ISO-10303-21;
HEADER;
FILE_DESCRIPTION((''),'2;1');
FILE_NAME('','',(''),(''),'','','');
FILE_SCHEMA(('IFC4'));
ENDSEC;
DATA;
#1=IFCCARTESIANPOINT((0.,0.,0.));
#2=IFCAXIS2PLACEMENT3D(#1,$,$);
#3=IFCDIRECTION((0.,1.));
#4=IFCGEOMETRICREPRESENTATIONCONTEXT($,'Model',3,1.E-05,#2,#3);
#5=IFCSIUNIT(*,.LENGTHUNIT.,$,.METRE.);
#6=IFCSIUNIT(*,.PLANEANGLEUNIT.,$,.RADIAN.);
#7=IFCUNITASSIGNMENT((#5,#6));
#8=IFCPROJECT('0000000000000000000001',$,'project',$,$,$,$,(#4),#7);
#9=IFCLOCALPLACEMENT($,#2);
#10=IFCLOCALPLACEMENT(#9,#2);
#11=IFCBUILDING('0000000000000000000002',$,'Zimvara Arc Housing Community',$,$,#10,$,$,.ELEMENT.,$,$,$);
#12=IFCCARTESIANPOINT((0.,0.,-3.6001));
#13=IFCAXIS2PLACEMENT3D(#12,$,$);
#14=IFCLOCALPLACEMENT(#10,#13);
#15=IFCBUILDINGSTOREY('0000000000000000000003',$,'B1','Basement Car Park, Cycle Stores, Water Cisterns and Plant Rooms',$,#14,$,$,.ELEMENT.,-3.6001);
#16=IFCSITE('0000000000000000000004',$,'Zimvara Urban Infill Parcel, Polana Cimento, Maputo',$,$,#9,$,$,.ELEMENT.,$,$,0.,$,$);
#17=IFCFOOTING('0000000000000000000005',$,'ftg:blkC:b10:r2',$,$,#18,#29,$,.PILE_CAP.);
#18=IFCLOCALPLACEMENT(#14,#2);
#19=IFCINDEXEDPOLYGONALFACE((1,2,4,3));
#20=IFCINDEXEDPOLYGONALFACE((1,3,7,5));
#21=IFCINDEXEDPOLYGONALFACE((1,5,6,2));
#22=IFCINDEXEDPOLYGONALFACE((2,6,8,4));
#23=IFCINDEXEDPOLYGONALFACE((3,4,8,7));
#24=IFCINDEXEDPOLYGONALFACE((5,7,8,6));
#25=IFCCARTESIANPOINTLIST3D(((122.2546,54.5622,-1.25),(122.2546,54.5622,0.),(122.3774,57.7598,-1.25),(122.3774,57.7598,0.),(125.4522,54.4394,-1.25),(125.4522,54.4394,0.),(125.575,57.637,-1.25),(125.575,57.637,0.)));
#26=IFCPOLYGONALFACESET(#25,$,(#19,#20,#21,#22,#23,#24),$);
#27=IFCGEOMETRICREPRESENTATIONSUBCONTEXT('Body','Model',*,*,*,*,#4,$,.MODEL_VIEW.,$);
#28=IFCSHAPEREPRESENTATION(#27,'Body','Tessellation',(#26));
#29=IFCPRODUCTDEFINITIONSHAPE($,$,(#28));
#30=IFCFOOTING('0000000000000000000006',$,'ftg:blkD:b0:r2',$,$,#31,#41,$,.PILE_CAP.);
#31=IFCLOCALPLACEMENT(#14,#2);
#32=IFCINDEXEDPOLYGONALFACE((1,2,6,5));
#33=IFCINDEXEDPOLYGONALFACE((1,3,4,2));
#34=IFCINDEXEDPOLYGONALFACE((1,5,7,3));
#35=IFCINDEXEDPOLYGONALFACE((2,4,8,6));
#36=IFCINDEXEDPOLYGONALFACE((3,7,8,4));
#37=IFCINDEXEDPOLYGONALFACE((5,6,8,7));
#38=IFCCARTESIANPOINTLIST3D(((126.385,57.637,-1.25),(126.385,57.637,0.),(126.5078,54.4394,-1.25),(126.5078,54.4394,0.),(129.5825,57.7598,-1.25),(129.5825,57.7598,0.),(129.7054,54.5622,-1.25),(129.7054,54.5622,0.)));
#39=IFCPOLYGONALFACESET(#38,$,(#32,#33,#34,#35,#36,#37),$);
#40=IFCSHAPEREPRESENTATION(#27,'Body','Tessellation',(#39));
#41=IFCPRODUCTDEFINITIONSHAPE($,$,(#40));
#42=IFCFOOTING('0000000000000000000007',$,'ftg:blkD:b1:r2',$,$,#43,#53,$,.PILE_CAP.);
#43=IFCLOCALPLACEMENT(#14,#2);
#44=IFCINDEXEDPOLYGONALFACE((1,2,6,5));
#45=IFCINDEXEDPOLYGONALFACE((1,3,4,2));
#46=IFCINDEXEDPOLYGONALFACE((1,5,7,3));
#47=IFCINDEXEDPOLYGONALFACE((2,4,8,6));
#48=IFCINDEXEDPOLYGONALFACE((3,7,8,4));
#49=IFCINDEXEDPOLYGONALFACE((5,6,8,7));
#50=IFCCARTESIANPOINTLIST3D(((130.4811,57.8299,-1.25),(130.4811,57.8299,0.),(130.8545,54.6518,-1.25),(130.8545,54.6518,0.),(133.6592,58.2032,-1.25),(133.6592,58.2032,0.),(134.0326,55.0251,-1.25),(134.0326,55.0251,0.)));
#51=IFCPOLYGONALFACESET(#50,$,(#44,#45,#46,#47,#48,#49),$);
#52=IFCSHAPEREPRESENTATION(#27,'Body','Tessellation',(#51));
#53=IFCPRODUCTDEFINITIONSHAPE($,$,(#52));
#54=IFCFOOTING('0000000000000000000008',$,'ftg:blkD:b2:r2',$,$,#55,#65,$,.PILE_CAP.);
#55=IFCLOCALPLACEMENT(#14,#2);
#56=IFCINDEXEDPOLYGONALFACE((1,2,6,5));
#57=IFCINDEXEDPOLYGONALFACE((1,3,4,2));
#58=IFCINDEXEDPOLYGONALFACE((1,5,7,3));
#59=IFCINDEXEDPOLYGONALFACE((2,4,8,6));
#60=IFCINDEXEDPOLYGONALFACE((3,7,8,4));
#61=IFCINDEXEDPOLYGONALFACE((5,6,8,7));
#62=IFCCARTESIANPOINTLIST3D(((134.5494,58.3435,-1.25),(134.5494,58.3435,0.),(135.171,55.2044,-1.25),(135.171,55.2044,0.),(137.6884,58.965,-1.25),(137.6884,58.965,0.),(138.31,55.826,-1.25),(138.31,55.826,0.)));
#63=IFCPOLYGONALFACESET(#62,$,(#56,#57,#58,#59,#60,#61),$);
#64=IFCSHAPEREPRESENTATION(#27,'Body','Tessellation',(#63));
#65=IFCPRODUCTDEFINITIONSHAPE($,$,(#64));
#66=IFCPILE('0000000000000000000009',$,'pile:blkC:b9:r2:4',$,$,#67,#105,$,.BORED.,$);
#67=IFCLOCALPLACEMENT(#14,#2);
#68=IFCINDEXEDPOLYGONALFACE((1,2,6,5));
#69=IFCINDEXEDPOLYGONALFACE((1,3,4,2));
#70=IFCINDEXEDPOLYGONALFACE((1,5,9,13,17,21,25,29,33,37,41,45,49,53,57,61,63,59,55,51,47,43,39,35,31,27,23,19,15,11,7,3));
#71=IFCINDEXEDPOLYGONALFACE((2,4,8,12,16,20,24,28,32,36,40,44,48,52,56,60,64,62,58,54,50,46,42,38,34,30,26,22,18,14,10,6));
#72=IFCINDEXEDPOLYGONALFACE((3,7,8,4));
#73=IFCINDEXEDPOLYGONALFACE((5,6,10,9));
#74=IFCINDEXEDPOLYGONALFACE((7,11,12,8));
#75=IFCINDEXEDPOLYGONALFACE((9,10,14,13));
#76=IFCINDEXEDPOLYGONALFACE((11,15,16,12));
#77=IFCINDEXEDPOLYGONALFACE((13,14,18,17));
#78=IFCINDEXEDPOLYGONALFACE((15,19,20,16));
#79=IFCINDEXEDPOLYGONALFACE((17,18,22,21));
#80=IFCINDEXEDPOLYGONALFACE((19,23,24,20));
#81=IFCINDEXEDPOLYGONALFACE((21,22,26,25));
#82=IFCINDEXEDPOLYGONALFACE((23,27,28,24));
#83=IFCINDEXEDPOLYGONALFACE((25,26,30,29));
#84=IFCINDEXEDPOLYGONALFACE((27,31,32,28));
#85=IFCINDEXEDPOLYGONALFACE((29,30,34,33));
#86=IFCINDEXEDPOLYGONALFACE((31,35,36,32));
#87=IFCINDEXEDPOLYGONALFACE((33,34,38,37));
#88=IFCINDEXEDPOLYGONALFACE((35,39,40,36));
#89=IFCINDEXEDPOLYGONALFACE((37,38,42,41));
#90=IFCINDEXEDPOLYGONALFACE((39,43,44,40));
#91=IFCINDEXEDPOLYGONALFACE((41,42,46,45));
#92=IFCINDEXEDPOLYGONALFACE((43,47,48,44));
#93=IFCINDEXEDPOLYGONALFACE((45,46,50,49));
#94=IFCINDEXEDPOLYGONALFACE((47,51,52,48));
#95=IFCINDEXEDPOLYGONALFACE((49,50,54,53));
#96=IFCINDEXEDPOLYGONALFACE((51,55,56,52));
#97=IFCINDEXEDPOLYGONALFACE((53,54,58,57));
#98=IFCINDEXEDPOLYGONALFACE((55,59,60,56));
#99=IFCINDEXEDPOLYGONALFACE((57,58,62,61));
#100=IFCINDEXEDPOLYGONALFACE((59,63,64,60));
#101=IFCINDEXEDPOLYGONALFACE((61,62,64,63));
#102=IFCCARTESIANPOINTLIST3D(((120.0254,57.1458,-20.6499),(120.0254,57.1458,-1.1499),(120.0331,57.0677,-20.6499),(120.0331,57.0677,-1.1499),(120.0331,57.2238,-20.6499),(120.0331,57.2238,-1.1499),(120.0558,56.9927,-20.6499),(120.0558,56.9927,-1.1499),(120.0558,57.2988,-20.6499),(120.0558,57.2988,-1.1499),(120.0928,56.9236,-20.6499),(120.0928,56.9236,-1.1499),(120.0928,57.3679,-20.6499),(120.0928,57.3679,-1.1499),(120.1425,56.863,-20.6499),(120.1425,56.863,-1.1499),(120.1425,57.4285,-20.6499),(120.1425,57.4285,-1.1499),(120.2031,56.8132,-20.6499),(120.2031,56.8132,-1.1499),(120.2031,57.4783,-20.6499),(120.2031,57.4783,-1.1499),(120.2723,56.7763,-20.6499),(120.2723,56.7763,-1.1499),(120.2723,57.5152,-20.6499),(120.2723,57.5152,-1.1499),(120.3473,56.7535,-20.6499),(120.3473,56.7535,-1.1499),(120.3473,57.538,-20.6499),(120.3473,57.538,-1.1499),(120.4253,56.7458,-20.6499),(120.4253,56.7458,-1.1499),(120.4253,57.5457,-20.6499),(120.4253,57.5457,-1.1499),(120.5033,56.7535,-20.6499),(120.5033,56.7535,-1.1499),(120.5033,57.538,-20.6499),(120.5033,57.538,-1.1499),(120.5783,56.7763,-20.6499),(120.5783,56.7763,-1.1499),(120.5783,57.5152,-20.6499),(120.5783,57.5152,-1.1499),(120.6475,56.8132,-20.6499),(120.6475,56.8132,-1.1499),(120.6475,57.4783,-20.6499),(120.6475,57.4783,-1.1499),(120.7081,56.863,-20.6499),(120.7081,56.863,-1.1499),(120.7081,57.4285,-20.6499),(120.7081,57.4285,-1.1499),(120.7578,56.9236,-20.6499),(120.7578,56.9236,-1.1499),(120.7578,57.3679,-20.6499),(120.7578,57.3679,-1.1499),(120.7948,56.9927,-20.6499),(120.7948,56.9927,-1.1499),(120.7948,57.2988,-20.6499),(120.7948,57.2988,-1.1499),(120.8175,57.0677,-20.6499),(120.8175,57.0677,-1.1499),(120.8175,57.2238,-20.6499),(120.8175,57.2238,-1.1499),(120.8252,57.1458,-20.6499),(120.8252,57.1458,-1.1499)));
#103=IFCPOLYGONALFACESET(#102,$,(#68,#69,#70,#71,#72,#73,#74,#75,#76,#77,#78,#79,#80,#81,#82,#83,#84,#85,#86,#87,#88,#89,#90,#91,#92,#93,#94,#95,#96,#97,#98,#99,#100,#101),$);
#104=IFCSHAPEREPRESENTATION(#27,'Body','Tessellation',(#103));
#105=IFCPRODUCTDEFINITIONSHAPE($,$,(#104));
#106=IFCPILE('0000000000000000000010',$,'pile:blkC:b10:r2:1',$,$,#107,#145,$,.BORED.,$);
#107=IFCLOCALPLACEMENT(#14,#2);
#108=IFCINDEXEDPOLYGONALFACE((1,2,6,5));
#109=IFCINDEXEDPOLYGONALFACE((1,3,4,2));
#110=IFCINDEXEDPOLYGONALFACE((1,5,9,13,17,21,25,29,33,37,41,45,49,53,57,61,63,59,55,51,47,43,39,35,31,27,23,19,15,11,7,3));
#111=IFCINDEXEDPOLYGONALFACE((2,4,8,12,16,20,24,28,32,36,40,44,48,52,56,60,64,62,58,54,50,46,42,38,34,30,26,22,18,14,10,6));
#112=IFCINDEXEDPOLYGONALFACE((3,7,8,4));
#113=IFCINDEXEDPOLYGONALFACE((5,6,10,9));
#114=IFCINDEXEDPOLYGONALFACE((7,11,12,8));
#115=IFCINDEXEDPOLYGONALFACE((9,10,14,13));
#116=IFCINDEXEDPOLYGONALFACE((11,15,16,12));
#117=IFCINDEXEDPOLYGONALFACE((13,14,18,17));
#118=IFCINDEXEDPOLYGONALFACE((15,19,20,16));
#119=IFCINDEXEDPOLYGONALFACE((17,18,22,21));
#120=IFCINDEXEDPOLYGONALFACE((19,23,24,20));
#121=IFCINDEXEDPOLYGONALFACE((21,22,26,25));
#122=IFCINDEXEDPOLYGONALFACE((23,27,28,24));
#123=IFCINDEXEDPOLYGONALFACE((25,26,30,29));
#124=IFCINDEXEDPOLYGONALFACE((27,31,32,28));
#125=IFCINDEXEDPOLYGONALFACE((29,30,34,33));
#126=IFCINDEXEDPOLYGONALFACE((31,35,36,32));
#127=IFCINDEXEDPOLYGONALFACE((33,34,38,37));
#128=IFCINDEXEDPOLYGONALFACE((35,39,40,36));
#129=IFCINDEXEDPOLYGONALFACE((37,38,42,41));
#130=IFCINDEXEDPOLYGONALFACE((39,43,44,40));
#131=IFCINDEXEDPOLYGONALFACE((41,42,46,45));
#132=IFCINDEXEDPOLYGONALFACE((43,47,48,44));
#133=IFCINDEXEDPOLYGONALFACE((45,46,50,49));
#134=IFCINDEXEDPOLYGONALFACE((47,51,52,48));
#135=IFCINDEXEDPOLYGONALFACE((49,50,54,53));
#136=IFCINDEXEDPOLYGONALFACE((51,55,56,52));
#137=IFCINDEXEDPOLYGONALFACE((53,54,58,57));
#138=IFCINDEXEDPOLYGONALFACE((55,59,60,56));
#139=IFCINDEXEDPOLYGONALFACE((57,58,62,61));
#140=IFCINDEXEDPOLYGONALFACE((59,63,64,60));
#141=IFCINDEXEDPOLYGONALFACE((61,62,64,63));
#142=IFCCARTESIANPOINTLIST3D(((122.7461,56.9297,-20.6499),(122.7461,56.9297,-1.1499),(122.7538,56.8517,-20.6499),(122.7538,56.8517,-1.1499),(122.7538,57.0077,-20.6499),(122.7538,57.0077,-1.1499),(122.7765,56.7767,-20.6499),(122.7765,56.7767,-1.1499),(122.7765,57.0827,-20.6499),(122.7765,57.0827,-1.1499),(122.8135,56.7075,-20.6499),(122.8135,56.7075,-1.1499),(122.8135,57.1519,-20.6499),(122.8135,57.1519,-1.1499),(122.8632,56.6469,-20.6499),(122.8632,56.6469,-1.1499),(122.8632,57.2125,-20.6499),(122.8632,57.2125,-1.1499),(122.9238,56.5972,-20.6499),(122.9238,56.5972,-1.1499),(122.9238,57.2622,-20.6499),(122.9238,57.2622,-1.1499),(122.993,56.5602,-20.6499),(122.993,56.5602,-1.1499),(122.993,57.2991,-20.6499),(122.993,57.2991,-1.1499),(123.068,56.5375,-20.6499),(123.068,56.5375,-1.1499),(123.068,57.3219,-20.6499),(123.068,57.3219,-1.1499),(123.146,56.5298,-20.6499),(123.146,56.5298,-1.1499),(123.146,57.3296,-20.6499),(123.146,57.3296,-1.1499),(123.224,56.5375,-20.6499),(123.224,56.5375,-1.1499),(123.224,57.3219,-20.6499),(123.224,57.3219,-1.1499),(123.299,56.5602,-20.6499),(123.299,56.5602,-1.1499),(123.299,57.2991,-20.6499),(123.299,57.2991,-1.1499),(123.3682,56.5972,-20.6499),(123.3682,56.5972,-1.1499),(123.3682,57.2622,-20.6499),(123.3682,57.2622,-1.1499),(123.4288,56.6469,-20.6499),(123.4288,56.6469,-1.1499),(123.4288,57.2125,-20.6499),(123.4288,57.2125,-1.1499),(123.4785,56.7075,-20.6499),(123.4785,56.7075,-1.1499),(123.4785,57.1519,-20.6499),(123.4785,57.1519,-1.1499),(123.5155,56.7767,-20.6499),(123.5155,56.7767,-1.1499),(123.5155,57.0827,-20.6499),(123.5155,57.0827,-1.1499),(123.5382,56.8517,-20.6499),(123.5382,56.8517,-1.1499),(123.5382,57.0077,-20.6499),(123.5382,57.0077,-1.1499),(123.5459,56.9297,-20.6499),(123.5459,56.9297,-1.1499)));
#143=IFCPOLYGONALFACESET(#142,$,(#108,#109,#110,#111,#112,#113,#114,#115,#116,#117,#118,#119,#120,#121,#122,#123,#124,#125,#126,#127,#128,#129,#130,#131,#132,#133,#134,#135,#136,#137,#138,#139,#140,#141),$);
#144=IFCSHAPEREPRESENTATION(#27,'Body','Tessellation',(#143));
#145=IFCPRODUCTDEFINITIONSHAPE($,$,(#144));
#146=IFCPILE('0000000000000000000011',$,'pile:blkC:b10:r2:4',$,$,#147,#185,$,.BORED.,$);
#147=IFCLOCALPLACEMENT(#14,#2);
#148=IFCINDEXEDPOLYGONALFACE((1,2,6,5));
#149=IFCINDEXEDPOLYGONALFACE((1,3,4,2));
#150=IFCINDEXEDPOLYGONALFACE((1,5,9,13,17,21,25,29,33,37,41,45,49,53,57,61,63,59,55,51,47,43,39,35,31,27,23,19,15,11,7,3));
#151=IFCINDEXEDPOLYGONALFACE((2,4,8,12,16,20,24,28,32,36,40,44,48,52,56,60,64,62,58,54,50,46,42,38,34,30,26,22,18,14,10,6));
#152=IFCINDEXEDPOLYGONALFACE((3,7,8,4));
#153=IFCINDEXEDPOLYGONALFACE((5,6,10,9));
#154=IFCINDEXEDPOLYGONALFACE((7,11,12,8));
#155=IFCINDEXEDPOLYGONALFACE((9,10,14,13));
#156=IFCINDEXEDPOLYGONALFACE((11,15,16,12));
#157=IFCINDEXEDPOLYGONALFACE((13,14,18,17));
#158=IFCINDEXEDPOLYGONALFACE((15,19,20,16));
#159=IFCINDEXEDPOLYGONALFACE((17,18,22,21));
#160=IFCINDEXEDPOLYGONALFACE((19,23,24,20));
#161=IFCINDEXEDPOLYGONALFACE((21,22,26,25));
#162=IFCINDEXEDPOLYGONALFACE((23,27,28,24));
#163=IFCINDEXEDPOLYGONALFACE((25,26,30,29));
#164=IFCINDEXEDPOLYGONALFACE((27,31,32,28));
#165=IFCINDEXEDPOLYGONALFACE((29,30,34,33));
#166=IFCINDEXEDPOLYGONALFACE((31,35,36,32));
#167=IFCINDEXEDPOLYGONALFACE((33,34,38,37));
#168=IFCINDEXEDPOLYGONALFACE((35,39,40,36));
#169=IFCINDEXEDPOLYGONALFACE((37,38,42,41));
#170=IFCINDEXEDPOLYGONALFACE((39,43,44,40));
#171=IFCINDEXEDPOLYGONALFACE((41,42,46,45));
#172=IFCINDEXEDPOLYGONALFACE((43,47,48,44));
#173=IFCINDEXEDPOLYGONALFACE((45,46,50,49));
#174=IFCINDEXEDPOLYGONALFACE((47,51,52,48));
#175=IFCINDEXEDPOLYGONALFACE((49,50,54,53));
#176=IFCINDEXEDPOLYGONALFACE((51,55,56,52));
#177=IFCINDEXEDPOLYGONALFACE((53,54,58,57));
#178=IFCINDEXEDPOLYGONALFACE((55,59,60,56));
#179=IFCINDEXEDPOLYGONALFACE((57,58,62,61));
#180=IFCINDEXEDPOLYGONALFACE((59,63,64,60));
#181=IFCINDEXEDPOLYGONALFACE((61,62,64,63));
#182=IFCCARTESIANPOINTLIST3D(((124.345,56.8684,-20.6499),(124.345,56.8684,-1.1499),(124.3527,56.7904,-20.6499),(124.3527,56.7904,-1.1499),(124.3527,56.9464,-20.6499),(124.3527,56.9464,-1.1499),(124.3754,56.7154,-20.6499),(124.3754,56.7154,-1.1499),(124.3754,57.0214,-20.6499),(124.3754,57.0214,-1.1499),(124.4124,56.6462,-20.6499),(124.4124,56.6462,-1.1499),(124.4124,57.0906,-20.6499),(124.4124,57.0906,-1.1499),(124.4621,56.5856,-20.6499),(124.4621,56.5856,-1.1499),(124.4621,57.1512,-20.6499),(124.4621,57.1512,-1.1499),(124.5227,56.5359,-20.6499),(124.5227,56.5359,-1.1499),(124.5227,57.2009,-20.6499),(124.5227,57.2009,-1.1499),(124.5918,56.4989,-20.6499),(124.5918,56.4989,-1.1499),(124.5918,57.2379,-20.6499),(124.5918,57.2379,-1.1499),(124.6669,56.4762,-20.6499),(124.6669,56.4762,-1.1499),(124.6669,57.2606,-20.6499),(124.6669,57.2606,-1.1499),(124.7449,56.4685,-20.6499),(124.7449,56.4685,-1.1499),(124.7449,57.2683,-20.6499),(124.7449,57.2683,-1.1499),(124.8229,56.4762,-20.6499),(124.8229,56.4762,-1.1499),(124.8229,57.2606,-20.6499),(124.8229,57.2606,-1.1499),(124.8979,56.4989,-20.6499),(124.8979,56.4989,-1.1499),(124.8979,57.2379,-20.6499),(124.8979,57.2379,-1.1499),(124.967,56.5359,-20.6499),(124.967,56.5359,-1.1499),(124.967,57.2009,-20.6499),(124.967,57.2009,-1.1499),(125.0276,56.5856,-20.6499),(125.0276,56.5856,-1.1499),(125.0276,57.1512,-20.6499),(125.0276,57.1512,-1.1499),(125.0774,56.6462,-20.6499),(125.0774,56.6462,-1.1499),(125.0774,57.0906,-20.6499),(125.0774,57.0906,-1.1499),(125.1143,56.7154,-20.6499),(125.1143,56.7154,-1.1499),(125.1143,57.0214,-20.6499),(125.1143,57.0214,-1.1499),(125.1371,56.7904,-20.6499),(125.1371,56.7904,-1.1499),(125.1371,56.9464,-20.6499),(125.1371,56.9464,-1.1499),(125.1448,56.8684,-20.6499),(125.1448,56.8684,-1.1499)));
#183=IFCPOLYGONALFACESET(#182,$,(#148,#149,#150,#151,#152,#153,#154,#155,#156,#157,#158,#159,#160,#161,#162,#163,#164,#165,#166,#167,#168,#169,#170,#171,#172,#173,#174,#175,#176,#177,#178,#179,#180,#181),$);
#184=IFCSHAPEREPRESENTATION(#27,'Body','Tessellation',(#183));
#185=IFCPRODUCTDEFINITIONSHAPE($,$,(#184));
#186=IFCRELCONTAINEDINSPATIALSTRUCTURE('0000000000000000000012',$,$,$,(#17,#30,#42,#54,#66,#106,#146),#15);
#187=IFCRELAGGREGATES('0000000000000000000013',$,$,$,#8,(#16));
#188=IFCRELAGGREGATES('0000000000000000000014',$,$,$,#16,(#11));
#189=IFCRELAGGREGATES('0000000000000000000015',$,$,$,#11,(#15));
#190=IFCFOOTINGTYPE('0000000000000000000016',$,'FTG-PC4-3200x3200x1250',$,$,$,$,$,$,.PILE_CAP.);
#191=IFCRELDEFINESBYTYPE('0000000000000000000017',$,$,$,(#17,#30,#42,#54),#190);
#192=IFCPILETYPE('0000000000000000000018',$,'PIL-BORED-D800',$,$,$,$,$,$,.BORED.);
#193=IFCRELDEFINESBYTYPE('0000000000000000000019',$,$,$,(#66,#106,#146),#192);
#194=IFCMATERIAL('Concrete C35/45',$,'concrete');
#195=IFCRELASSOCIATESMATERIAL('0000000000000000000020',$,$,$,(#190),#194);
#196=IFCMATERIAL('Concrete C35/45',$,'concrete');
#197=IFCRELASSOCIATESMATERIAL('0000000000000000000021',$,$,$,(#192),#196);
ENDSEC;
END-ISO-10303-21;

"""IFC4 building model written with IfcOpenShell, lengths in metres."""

from ifc_helpers import new_model, si_unit, direction, frame, origin, origin_2d, place, context, subcontext, project, spatial, rectangle, circle, extrude, material, material_profile, profile_set, type_object, element, save


model = new_model("IFC4")

# Units and contexts
model_context = context("Model", 3, precision=1e-05, world=origin(), true_north=direction((0.0, 1.0)))
body_context = subcontext(model_context, "Body", "Model", "MODEL_VIEW")
ifc_project = project(units=[si_unit("LENGTHUNIT", "METRE"), si_unit("PLANEANGLEUNIT", "RADIAN")], contexts=[model_context])

# Site, building, storey
site_placement = place(None, origin())
site = spatial("IfcSite", under=ifc_project, at=site_placement, Name="Zimvara Urban Infill Parcel, Polana Cimento, Maputo", CompositionType="ELEMENT", RefElevation=0.0)
building_placement = place(site_placement, origin())
building = spatial("IfcBuilding", under=site, at=building_placement, Name="Zimvara Arc Housing Community", CompositionType="ELEMENT")
storey_placement = place(building_placement, frame((0.0, 0.0, -3.6001)))
storey = spatial("IfcBuildingStorey", under=building, at=storey_placement, Name="B1", Description="Basement Car Park, Cycle Stores, Water Cisterns and Plant Rooms", CompositionType="ELEMENT", Elevation=-3.6001)

# Footings
ifc_material_1 = material(Name="Concrete C35/45", Category="concrete")
footing_type = type_object("IfcFootingType", Name="FTG-PC4-3200x3200x1250", PredefinedType="PILE_CAP", material=ifc_material_1)
for number, where, z_axis, x_axis, name in (
    (1, (123.9148, 56.0996, -1.25), (0.0, 0.0, 1.0), (-0.038388, -0.999263, 0.0), "ftg:blkC:b10:r2"),
    (2, (128.0452, 56.0996, -1.25), (0.0, 0.0, 1.0), (0.038388, -0.999263, 0.0), "ftg:blkD:b0:r2"),
    (3, (132.2568, 56.4275, -1.25), (0.0, 0.0, 1.0), (0.116671, -0.993171, 0.0), "ftg:blkD:b1:r2"),
    (4, (136.4297, 57.0847, -1.25), (0.0, 0.0, 1.0), (0.194234, -0.980955, 0.0), "ftg:blkD:b2:r2"),
):
    element("IfcFooting", number, at=place(storey_placement, frame(where, z_axis=z_axis, x_axis=x_axis)), inside=storey, type_object=footing_type, Name=name, PredefinedType="PILE_CAP", context=body_context, shape_type="SweptSolid", body=[
        extrude(rectangle(XDim=3.2, YDim=3.2, at=origin_2d()), origin(), (0.0, 0.0, 1.0), 1.25),
    ])

# Piles
ifc_material_2 = material(Name="Concrete C35/45", Category="concrete")
ifc_material_profile_1 = material_profile(ifc_material_2, circle(Radius=0.3999, at=origin_2d()), Name="PILE D800")
ifc_profile_set_1 = profile_set([ifc_material_profile_1], Name="Concrete C35/45")
pile_type = type_object("IfcPileType", Name="PIL-BORED-D800", PredefinedType="BORED", material=ifc_profile_set_1)
for number, where, z_axis, x_axis, name in (
    (5, (120.4253, 57.1458, -1.1499), (0.0, 0.0, -1.0), (1.0, 0.0, 0.0), "pile:blkC:b9:r2:4"),
    (6, (123.146, 56.9297, -1.1499), (0.0, 0.0, -1.0), (1.0, 0.0, 0.0), "pile:blkC:b10:r2:1"),
    (7, (124.7449, 56.8684, -1.1499), (0.0, 0.0, -1.0), (1.0, 0.0, 0.0), "pile:blkC:b10:r2:4"),
):
    element("IfcPile", number, at=place(storey_placement, frame(where, z_axis=z_axis, x_axis=x_axis)), inside=storey, type_object=pile_type, Name=name, PredefinedType="BORED", context=body_context, shape_type="SweptSolid", body=[
        extrude(circle(Radius=0.3999, at=origin_2d()), origin(), (0.0, 0.0, 1.0), 19.5),
    ])

save(model, "model.ifc")
